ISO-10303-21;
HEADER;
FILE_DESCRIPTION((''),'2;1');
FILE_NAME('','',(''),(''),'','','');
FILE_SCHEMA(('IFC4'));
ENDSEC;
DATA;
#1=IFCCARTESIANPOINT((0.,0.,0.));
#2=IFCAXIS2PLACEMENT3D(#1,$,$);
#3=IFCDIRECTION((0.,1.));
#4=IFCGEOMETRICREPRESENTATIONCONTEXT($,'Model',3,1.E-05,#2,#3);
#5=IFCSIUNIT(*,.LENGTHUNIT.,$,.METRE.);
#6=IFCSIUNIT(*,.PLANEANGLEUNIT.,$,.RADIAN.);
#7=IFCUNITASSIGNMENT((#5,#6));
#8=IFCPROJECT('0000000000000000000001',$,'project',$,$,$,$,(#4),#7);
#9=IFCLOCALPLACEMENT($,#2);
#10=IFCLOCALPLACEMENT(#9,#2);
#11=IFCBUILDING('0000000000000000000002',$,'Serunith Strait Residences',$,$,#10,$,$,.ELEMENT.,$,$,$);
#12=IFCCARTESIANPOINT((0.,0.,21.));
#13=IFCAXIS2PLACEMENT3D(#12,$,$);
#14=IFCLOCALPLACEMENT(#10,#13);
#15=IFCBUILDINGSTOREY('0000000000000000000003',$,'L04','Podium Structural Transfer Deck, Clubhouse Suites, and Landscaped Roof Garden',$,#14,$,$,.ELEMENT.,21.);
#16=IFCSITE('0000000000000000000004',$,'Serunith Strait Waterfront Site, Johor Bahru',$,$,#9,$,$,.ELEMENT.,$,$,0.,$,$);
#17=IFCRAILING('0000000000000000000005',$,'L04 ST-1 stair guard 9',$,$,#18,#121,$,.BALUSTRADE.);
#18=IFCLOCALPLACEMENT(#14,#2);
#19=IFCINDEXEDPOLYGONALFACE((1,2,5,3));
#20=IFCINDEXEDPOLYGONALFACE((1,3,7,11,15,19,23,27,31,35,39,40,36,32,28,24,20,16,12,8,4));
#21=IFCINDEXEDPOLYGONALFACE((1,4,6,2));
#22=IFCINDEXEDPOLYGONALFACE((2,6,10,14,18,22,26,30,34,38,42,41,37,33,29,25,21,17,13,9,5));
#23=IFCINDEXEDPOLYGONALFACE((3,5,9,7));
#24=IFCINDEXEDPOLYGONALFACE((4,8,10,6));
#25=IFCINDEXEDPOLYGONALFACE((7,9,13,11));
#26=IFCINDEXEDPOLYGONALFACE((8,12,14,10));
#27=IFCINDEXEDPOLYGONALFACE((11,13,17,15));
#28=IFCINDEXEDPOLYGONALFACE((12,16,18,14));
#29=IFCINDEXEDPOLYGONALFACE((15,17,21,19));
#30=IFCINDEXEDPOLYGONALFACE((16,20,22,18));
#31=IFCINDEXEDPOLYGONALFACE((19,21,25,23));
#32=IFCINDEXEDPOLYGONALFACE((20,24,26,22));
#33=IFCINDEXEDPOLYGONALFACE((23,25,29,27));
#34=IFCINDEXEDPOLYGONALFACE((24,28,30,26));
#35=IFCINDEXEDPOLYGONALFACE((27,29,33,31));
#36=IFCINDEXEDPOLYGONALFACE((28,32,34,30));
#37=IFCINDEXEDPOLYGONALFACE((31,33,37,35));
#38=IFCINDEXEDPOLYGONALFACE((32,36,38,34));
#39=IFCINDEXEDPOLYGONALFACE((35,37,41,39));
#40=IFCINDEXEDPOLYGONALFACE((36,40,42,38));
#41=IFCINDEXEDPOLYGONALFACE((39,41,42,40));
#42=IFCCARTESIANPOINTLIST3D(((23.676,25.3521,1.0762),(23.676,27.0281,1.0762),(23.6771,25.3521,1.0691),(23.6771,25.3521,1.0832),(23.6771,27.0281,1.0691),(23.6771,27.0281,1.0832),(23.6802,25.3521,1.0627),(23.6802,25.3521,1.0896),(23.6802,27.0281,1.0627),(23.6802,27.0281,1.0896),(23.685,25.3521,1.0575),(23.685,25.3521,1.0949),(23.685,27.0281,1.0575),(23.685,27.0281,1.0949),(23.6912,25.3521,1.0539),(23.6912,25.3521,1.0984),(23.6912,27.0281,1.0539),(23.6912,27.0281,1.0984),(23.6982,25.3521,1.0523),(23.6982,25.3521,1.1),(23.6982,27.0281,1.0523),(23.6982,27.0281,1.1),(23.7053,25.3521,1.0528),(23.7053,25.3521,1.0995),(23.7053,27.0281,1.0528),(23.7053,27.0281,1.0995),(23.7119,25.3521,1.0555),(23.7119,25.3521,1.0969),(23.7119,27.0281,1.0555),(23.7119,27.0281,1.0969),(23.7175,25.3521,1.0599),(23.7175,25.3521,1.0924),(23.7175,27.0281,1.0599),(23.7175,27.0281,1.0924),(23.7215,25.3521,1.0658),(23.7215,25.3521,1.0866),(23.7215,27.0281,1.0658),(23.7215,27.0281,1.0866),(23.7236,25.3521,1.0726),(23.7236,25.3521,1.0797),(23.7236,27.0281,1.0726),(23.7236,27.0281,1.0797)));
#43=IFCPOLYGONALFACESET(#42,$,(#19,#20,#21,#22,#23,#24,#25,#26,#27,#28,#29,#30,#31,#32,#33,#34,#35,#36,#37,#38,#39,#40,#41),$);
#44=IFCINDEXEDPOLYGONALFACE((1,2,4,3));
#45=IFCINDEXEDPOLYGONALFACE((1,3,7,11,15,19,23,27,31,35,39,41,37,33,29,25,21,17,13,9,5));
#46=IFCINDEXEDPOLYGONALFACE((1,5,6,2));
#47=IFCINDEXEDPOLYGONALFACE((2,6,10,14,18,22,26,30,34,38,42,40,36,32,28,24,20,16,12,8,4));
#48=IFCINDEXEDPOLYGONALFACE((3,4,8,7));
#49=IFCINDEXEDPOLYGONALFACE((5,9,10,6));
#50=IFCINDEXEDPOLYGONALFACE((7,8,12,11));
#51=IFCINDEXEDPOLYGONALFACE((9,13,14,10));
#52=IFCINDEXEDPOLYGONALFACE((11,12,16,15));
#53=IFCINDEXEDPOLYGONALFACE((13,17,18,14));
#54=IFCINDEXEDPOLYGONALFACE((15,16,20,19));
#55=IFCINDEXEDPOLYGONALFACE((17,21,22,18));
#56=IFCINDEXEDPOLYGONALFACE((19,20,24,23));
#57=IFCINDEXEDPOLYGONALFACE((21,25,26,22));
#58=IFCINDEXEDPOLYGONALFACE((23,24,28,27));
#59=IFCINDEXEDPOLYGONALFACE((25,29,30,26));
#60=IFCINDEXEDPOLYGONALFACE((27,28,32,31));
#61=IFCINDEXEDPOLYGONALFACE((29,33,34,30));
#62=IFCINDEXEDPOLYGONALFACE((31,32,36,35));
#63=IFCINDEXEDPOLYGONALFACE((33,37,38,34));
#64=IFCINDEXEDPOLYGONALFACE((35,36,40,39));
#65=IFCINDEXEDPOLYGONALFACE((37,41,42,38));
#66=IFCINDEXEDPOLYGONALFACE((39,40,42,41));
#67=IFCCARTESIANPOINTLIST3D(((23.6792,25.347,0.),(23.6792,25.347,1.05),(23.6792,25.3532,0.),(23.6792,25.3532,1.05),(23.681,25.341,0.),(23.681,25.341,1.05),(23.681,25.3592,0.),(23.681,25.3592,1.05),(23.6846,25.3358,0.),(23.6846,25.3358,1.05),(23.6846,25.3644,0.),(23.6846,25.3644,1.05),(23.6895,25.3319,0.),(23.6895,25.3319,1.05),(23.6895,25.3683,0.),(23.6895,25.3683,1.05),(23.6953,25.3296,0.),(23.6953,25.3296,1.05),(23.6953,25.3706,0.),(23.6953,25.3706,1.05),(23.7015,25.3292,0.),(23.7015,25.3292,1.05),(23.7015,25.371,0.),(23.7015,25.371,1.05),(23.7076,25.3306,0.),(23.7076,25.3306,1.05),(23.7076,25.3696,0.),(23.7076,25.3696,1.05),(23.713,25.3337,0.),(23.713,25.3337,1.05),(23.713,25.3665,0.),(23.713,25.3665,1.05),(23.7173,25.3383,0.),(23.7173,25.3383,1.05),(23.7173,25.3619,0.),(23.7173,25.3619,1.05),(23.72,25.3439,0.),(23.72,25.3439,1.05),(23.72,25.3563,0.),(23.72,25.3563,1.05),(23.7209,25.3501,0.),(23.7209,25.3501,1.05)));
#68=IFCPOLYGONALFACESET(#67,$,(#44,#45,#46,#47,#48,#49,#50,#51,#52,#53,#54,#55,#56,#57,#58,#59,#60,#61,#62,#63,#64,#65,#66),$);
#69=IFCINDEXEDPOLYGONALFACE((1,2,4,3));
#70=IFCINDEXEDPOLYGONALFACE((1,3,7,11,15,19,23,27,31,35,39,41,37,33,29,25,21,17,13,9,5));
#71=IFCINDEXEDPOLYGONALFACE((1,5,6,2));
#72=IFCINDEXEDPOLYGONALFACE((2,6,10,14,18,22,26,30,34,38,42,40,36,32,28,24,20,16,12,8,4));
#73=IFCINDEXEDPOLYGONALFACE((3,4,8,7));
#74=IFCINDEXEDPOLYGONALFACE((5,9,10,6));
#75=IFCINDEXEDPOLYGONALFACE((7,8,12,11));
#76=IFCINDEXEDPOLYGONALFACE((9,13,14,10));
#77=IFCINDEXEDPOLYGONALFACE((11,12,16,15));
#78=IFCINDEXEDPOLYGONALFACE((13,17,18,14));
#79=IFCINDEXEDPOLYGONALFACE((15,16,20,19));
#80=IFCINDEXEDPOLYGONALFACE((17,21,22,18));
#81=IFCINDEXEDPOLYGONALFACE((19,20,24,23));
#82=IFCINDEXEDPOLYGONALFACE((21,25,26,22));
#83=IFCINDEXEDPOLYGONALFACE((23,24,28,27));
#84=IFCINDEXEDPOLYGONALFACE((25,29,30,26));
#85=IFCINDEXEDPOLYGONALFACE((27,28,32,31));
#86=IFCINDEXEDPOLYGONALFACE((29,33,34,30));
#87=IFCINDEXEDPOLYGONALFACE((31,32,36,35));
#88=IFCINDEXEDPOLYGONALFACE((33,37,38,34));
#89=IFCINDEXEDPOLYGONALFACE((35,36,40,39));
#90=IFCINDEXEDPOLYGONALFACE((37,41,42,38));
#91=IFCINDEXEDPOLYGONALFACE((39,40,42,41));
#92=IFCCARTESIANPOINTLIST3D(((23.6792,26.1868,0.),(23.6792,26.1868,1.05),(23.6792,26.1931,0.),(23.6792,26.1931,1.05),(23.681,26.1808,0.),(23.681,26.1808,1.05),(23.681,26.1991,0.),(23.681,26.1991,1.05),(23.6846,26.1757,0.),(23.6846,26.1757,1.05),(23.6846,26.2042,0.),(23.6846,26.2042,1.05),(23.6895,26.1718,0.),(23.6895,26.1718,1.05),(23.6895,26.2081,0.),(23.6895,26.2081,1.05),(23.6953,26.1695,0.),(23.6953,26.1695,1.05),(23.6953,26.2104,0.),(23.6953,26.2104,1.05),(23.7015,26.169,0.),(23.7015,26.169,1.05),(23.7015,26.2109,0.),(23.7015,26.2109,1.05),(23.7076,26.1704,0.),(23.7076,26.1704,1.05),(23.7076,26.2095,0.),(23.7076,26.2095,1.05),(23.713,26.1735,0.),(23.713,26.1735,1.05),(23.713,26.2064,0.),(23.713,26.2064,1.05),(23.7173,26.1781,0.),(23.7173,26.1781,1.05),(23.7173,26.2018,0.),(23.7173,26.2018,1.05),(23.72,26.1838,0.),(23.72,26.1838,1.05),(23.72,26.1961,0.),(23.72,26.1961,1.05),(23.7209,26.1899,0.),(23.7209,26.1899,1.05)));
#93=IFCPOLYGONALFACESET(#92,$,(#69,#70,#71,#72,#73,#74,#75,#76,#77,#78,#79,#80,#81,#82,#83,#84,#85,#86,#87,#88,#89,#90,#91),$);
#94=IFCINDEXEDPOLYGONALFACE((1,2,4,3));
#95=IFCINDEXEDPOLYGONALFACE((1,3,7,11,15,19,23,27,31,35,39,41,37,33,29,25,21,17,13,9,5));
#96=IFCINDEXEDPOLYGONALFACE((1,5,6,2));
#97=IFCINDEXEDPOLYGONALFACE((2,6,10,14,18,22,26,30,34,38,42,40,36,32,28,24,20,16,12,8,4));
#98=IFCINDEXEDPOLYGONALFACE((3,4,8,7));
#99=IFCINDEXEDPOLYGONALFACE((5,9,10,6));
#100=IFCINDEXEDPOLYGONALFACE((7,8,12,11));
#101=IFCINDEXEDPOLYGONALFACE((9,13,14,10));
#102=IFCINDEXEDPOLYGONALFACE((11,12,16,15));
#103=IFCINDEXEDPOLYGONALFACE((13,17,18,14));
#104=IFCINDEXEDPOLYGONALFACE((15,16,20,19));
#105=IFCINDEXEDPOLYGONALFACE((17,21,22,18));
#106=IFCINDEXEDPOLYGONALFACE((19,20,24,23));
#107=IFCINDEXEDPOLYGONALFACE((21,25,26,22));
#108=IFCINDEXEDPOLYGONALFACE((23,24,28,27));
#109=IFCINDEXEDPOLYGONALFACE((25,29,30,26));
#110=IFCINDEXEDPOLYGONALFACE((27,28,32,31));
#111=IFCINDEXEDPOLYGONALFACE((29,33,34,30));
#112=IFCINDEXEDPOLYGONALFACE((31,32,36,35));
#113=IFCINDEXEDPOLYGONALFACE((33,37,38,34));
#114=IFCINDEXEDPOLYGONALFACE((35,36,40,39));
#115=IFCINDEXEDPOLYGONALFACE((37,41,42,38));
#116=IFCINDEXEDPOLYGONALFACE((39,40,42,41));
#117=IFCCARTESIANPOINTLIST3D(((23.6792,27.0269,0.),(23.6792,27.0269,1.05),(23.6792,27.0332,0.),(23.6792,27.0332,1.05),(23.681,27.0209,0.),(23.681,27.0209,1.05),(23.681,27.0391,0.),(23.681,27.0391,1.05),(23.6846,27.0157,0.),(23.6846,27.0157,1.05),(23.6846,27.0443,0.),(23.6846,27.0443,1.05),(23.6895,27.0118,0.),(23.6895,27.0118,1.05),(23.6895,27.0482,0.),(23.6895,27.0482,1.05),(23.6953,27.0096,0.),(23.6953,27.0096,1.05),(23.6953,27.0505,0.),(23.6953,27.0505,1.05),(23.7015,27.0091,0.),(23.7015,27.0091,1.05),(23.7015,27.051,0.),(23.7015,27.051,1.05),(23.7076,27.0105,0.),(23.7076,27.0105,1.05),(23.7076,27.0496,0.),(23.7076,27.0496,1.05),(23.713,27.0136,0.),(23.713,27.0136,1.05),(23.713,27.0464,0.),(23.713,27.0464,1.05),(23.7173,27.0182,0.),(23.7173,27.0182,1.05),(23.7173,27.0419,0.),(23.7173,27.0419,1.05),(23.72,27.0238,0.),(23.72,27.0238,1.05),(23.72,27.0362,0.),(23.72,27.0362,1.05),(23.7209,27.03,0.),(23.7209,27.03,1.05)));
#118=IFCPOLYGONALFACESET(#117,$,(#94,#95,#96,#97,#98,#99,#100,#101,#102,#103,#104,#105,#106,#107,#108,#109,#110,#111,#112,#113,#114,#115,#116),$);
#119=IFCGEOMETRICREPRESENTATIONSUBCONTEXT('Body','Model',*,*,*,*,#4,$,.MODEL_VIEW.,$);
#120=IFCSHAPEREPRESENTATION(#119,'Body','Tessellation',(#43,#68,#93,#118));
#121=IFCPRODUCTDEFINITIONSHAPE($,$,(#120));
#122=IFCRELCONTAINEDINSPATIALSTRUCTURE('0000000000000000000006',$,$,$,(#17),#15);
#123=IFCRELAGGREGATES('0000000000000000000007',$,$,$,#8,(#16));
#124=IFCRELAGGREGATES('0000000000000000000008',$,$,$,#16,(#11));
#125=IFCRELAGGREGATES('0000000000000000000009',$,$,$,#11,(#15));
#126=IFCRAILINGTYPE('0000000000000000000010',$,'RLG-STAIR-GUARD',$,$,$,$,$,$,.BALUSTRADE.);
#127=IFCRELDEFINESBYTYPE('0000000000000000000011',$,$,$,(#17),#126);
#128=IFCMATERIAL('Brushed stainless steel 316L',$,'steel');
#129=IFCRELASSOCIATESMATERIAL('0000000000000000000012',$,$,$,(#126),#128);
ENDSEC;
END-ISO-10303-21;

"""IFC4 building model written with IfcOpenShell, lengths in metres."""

from ifc_helpers import new_model, si_unit, direction, frame, origin, origin_2d, place, context, subcontext, project, spatial, circle, extrude, material, type_object, element, save


model = new_model("IFC4")

# Units and contexts
model_context = context("Model", 3, precision=1e-05, world=origin(), true_north=direction((0.0, 1.0)))
body_context = subcontext(model_context, "Body", "Model", "MODEL_VIEW")
ifc_project = project(units=[si_unit("LENGTHUNIT", "METRE"), si_unit("PLANEANGLEUNIT", "RADIAN")], contexts=[model_context])

# Site, building, storey
site_placement = place(None, origin())
site = spatial("IfcSite", under=ifc_project, at=site_placement, Name="Serunith Strait Waterfront Site, Johor Bahru", CompositionType="ELEMENT", RefElevation=0.0)
building_placement = place(site_placement, origin())
building = spatial("IfcBuilding", under=site, at=building_placement, Name="Serunith Strait Residences", CompositionType="ELEMENT")
storey_placement = place(building_placement, frame((0.0, 0.0, 21.0)))
storey = spatial("IfcBuildingStorey", under=building, at=storey_placement, Name="L04", Description="Podium Structural Transfer Deck, Clubhouse Suites, and Landscaped Roof Garden", CompositionType="ELEMENT", Elevation=21.0)

# Railing
ifc_material_1 = material(Name="Brushed stainless steel 316L", Category="steel")
railing_type = type_object("IfcRailingType", Name="RLG-STAIR-GUARD", PredefinedType="BALUSTRADE", material=ifc_material_1)
for number, where, name in (
    (1, (23.7, 25.3501, 0.0), "L04 ST-1 stair guard 9"),
):
    element("IfcRailing", number, at=place(storey_placement, frame(where)), inside=storey, type_object=railing_type, Name=name, PredefinedType="BALUSTRADE", context=body_context, shape_type="SweptSolid", body=[
        extrude(circle(Radius=0.0239, at=origin_2d()), frame((0.0, 0.002, 1.0762), z_axis=(0.0, 1.0, 0.0), x_axis=(-1.0, 0.0, 0.0)), (0.0, 0.0, 1.0), 1.676),
        extrude(circle(Radius=0.021, at=origin_2d()), origin(), (0.0, 0.0, 1.0), 1.05),
        extrude(circle(Radius=0.021, at=origin_2d()), frame((0.0, 0.8398, 0.0)), (0.0, 0.0, 1.0), 1.05),
        extrude(circle(Radius=0.021, at=origin_2d()), frame((0.0, 1.6799, 0.0)), (0.0, 0.0, 1.0), 1.05),
    ])

save(model, "model.ifc")
